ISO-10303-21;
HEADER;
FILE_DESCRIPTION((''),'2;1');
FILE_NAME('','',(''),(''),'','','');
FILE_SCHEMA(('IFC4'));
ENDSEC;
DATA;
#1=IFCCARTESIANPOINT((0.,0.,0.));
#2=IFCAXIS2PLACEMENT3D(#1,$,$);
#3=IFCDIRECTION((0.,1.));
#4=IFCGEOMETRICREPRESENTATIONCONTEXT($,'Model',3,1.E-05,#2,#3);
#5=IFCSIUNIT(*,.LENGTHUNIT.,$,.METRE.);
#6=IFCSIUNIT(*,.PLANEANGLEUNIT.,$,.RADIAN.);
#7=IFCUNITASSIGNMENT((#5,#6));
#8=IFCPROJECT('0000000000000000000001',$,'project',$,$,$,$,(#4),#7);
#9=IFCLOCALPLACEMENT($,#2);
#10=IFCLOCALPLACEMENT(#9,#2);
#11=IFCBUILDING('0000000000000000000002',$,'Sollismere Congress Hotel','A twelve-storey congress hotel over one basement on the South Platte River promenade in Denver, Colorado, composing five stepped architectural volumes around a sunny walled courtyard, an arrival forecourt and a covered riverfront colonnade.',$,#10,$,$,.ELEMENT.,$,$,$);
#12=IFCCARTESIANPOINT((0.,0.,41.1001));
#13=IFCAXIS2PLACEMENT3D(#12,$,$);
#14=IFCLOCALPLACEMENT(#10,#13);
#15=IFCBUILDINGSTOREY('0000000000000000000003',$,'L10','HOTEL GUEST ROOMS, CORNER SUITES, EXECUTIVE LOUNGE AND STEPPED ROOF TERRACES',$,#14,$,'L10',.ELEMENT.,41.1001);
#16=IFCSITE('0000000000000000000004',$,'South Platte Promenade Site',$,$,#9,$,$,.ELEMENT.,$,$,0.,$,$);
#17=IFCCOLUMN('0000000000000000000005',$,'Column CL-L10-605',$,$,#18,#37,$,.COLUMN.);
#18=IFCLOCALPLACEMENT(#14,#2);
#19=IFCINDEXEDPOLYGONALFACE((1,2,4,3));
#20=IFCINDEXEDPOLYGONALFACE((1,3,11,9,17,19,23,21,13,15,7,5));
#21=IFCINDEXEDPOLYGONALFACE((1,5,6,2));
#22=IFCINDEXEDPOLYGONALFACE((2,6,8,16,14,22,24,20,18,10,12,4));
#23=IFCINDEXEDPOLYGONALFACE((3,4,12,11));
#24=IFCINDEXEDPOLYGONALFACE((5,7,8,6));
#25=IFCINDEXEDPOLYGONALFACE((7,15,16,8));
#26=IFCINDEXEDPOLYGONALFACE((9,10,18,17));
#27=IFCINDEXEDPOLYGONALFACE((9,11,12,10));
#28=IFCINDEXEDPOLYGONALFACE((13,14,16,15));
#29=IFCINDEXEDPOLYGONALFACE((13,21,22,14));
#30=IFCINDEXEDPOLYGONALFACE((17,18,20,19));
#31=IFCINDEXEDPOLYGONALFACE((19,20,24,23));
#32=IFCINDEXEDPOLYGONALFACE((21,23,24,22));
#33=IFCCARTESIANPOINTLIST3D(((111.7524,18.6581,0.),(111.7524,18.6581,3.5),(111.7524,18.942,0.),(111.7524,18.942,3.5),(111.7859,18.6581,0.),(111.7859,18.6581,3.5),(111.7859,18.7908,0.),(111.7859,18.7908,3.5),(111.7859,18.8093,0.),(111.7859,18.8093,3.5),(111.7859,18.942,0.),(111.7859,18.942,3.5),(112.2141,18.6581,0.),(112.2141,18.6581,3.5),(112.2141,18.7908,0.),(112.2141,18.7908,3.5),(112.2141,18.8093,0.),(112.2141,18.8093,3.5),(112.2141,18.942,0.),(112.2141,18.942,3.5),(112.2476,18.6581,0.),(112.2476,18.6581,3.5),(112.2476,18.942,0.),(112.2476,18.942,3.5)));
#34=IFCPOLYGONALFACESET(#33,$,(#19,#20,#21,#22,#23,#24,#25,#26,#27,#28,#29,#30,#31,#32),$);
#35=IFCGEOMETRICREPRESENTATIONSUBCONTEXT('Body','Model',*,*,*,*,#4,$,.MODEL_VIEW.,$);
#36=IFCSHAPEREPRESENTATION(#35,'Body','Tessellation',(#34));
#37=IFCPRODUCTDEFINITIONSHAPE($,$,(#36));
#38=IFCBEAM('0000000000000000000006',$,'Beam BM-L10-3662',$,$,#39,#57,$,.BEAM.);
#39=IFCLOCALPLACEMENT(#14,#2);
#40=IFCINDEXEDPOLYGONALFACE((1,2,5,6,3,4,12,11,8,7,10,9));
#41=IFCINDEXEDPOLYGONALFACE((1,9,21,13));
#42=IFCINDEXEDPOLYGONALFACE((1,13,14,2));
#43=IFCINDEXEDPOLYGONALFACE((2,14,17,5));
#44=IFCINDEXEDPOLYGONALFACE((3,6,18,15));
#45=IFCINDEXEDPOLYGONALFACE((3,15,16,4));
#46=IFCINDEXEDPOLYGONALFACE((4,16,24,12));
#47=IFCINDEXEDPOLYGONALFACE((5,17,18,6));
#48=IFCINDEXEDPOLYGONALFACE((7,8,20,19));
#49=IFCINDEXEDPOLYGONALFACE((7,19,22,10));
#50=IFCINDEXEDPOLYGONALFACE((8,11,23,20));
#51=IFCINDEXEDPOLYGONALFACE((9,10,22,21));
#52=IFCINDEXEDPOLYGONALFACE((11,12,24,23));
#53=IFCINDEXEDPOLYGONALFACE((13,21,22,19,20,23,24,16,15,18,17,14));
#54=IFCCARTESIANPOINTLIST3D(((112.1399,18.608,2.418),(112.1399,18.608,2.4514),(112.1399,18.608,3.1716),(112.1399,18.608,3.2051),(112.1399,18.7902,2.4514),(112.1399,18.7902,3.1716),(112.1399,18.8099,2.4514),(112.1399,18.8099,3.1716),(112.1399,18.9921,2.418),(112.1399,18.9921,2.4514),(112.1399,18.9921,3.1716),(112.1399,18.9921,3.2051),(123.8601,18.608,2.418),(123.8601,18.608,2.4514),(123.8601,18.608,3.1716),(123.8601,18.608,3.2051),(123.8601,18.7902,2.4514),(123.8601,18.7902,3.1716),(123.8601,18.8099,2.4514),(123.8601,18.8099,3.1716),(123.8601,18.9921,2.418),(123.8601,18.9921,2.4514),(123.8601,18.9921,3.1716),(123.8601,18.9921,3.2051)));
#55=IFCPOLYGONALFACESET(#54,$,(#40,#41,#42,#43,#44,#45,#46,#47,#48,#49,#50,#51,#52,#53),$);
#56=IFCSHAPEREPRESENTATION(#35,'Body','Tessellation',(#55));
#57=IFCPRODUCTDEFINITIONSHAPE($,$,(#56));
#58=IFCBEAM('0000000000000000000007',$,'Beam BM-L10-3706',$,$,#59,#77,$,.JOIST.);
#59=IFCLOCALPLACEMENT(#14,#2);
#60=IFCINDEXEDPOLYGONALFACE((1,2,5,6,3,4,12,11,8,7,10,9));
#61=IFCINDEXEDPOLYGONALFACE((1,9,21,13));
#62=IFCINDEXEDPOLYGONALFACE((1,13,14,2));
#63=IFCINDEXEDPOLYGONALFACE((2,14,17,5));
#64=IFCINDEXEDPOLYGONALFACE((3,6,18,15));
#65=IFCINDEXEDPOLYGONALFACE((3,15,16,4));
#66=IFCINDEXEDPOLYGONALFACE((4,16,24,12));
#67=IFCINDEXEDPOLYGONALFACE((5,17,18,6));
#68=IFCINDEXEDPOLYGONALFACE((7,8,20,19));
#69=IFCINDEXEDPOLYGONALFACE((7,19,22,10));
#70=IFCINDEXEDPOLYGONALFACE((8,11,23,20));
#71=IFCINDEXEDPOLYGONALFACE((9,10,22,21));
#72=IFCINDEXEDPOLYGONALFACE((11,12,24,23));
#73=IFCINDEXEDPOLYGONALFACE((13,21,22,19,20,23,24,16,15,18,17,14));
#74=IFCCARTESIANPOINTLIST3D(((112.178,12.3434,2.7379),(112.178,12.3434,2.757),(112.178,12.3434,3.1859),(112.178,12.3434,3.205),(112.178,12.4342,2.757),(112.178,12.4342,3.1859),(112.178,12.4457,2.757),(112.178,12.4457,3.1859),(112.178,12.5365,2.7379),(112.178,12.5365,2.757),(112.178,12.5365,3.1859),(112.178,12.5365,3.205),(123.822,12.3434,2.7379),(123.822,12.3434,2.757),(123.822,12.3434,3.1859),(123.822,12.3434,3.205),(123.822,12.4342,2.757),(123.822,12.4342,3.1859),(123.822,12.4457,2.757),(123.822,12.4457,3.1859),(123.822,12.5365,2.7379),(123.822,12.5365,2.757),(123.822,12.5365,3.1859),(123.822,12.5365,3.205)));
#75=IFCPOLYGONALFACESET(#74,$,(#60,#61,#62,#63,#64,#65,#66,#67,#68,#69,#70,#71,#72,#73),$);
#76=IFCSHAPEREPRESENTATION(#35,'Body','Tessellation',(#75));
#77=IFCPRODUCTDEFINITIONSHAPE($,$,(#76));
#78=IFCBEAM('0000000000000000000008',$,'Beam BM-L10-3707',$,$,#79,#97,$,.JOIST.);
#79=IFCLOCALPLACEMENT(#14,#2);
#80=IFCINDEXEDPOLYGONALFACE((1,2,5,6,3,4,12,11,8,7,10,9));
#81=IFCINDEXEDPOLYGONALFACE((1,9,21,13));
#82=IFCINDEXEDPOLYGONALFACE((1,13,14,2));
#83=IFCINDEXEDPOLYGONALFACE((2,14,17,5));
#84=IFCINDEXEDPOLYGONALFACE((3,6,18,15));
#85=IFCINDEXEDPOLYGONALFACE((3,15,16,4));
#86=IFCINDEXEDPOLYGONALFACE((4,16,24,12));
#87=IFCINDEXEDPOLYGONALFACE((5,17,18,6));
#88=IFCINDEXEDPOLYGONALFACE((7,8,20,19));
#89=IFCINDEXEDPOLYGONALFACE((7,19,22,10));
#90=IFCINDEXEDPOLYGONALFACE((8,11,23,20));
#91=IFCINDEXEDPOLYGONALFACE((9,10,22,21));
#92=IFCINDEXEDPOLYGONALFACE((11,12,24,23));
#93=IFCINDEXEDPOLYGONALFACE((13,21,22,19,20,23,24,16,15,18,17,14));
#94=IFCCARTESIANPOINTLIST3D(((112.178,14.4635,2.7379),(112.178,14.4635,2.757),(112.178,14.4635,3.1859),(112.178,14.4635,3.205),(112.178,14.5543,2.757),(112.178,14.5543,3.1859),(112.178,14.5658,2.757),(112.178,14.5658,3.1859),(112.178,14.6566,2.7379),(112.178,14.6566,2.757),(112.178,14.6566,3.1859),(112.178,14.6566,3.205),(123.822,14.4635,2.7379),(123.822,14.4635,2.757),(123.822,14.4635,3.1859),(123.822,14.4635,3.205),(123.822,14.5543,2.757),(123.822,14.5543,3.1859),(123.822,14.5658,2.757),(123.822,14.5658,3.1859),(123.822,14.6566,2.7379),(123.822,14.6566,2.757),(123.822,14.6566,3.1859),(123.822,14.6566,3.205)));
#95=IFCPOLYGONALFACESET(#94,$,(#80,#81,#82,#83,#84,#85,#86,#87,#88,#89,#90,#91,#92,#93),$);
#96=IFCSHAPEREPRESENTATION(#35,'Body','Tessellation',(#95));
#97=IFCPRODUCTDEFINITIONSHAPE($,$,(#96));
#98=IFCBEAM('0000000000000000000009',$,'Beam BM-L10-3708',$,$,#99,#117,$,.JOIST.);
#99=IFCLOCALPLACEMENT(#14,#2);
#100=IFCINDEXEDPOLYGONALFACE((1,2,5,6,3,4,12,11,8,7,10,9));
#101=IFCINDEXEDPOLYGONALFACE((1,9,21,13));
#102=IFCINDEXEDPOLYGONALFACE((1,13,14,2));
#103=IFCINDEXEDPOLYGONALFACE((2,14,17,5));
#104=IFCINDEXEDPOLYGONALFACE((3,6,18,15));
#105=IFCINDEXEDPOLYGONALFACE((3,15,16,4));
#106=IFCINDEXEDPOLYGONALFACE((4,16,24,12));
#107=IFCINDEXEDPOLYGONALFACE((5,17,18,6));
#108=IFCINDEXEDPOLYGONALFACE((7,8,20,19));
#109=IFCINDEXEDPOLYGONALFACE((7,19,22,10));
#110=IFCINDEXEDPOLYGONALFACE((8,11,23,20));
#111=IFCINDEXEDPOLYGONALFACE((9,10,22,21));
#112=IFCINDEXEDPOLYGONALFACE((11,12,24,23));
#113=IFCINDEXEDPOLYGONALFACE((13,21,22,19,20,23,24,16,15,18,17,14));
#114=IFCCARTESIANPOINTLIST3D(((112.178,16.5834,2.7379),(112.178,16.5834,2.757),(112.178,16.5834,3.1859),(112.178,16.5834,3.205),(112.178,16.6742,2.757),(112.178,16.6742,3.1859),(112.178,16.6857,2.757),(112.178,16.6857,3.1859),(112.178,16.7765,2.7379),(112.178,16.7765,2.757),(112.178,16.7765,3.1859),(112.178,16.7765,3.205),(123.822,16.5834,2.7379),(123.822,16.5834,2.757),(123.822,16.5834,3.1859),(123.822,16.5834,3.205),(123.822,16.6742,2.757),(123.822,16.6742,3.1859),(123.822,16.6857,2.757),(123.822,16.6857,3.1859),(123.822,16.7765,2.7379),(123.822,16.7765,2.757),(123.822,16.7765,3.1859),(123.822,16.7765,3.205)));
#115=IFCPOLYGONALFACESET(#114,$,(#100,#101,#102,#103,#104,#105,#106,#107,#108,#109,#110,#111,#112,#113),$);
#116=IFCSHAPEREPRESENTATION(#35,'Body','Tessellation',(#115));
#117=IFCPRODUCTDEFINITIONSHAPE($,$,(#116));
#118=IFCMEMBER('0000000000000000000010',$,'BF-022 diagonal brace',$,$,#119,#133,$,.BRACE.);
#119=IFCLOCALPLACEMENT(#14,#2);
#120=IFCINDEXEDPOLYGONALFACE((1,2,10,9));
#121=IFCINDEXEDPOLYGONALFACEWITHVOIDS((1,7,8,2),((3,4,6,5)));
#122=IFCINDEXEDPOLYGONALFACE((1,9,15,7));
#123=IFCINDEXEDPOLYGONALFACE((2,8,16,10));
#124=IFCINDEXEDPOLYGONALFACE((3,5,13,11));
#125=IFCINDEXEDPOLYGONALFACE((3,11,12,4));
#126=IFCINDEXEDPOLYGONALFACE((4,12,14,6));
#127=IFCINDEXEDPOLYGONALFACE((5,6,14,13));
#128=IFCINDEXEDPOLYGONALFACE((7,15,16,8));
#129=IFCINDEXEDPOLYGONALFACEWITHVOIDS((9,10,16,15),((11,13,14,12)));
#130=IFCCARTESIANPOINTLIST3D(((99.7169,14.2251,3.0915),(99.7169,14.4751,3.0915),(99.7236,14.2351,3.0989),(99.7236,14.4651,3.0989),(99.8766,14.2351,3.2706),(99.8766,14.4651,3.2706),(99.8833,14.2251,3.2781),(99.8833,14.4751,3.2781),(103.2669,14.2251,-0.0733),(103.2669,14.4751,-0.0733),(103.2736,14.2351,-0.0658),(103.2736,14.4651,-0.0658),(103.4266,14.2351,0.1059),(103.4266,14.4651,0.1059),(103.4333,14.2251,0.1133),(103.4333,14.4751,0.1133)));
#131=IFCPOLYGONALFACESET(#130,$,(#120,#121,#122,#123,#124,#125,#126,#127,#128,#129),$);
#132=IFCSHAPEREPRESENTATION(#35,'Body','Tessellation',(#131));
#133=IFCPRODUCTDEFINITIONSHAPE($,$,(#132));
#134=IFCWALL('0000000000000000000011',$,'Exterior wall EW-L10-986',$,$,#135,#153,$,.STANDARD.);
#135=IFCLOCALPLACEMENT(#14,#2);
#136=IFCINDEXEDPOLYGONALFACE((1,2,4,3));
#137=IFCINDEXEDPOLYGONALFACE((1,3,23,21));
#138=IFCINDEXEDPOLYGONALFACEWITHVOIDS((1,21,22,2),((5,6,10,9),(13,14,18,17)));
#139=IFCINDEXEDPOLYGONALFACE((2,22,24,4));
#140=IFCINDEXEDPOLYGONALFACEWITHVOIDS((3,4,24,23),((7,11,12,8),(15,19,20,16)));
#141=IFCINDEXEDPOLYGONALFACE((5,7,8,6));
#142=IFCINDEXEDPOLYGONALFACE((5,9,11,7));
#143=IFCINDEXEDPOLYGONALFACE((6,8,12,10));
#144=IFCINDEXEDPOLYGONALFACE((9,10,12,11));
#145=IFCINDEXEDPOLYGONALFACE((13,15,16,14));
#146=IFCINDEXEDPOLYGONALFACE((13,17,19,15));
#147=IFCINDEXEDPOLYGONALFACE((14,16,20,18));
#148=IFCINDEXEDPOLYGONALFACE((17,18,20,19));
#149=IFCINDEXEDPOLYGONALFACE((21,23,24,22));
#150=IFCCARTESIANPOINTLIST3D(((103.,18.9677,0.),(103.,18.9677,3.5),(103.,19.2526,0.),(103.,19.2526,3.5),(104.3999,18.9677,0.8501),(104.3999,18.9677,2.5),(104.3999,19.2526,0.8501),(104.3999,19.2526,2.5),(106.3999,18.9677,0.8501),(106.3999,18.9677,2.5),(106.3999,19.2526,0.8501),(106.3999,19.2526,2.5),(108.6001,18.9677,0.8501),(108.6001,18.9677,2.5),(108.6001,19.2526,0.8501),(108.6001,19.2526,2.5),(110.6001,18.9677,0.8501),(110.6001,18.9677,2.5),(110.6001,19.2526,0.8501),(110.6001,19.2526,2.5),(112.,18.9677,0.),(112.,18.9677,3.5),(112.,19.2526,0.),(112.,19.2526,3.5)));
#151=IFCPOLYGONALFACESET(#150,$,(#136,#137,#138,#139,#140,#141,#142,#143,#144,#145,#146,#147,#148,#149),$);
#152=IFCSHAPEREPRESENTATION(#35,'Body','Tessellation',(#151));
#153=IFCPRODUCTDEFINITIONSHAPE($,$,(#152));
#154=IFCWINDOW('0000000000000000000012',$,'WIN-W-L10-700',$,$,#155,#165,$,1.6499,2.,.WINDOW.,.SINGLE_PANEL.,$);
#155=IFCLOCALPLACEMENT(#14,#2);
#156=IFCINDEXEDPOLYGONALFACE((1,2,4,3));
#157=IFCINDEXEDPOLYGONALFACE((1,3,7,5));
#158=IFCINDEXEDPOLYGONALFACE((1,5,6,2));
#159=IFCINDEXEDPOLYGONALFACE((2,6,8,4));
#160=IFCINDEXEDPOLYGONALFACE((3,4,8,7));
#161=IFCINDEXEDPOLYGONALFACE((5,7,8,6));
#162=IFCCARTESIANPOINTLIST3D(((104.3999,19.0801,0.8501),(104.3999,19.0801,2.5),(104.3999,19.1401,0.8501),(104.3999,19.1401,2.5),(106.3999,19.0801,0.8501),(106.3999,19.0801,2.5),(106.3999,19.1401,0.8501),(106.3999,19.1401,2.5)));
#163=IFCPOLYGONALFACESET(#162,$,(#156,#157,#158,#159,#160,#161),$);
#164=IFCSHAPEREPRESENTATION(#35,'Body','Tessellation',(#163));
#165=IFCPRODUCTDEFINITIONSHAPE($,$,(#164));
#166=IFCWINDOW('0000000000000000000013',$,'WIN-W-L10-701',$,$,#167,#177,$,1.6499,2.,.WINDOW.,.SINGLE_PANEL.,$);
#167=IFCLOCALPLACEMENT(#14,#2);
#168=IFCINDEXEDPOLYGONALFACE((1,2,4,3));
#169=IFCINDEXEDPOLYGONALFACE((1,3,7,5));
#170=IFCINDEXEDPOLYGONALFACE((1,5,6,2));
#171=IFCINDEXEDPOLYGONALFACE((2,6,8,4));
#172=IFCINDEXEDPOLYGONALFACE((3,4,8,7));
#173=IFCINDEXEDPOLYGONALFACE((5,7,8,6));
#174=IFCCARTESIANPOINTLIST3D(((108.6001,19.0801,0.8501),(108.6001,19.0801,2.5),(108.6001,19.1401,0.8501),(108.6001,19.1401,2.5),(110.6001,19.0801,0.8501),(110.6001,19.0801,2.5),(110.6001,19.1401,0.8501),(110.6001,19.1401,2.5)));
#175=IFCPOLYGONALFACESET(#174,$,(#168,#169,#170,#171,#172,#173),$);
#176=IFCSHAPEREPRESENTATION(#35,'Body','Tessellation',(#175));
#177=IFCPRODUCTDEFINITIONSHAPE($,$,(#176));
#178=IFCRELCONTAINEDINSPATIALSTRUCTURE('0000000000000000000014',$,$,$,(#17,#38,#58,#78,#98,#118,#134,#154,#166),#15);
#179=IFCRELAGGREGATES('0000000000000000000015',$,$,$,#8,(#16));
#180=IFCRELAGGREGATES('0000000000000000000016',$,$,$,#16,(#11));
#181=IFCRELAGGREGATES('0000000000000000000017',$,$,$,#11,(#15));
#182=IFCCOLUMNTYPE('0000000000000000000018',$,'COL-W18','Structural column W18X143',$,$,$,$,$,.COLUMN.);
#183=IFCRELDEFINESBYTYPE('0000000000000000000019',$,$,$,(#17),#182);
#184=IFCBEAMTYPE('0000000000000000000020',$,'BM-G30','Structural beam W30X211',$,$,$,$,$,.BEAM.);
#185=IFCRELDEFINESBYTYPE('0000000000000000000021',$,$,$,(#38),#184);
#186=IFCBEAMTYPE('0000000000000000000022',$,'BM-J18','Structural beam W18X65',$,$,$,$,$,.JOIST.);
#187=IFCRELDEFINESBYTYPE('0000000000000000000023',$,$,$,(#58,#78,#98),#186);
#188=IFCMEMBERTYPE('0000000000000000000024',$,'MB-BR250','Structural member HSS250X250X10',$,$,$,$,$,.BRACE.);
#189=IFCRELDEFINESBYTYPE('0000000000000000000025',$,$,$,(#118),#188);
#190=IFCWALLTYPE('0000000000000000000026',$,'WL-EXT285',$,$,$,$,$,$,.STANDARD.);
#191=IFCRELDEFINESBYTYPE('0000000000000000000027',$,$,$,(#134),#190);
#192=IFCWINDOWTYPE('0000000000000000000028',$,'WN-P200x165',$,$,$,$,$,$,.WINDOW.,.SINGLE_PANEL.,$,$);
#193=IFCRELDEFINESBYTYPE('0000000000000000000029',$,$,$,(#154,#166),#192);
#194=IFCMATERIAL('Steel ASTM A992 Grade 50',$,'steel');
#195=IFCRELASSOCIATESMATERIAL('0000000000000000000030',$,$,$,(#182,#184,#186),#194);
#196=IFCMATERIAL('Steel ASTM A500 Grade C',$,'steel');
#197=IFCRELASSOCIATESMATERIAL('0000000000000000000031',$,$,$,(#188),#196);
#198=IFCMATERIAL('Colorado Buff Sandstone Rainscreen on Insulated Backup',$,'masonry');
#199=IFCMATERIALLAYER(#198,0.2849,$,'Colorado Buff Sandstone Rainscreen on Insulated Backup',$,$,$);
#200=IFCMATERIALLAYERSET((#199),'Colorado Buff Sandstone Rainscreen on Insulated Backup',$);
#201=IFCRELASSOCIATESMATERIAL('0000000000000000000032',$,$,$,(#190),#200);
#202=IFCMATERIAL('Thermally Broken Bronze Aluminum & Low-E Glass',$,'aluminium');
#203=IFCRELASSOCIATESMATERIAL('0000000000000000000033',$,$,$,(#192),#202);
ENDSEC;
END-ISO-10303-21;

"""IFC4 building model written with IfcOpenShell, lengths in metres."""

from ifc_helpers import new_model, si_unit, direction, frame, frame_2d, origin, origin_2d, place, context, subcontext, project, spatial, rectangle, hollow_rectangle, i_section, extrude, material, layer, layer_set, material_profile, profile_set, type_object, element, fill, save


model = new_model("IFC4")

# Units and contexts
model_context = context("Model", 3, precision=1e-05, world=origin(), true_north=direction((0.0, 1.0)))
body_context = subcontext(model_context, "Body", "Model", "MODEL_VIEW")
ifc_project = project(units=[si_unit("LENGTHUNIT", "METRE"), si_unit("PLANEANGLEUNIT", "RADIAN")], contexts=[model_context])

# Site, building, storey
site_placement = place(None, origin())
site = spatial("IfcSite", under=ifc_project, at=site_placement, Name="South Platte Promenade Site", CompositionType="ELEMENT", RefElevation=0.0)
building_placement = place(site_placement, origin())
building = spatial("IfcBuilding", under=site, at=building_placement, Name="Sollismere Congress Hotel", Description="A twelve-storey congress hotel over one basement on the South Platte River promenade in Denver, Colorado, composing five stepped architectural volumes around a sunny walled courtyard, an arrival forecourt and a covered riverfront colonnade.", CompositionType="ELEMENT")
storey_placement = place(building_placement, frame((0.0, 0.0, 41.1001)))
storey = spatial("IfcBuildingStorey", under=building, at=storey_placement, Name="L10", Description="HOTEL GUEST ROOMS, CORNER SUITES, EXECUTIVE LOUNGE AND STEPPED ROOF TERRACES", LongName="L10", CompositionType="ELEMENT", Elevation=41.1001)

# Column
ifc_material_1 = material(Name="Steel ASTM A992 Grade 50", Category="steel")
ifc_material_profile_1 = material_profile(ifc_material_1, i_section(OverallWidth=0.2839, OverallDepth=0.4951, WebThickness=0.0186, FlangeThickness=0.0334, at=origin_2d()), Name="W18X143")
ifc_profile_set_1 = profile_set([ifc_material_profile_1], Name="Steel ASTM A992 Grade 50")
column_type = type_object("IfcColumnType", Name="COL-W18", Description="Structural column W18X143", PredefinedType="COLUMN", material=ifc_profile_set_1)
column_placement = place(storey_placement, frame((112.0, 18.8, 0.0), z_axis=(0.0, 0.0, 1.0), x_axis=(0.0, 1.0, 0.0)))
element("IfcColumn", 1, at=column_placement, inside=storey, type_object=column_type, Name="Column CL-L10-605", PredefinedType="COLUMN", context=body_context, shape_type="SweptSolid", body=[
    extrude(i_section(OverallWidth=0.2839, OverallDepth=0.4951, WebThickness=0.0186, FlangeThickness=0.0334, at=origin_2d()), origin(), (0.0, 0.0, 1.0), 3.5),
])

# Beams
ifc_material_profile_2 = material_profile(ifc_material_1, i_section(OverallWidth=0.384, OverallDepth=0.7871, WebThickness=0.0198, FlangeThickness=0.0334, at=origin_2d()), Name="W30X211")
ifc_profile_set_2 = profile_set([ifc_material_profile_2], Name="Steel ASTM A992 Grade 50")
beam_type_1 = type_object("IfcBeamType", Name="BM-G30", Description="Structural beam W30X211", PredefinedType="BEAM", material=ifc_profile_set_2)
beam_placement = place(storey_placement, frame((112.1399, 18.8, 2.8115), z_axis=(1.0, 0.0, 0.0), x_axis=(0.0, 1.0, 0.0)))
element("IfcBeam", 2, at=beam_placement, inside=storey, type_object=beam_type_1, Name="Beam BM-L10-3662", PredefinedType="BEAM", context=body_context, shape_type="SweptSolid", body=[
    extrude(i_section(OverallWidth=0.384, OverallDepth=0.7871, WebThickness=0.0198, FlangeThickness=0.0334, at=origin_2d()), origin(), (0.0, 0.0, 1.0), 11.7202),
])
ifc_material_profile_3 = material_profile(ifc_material_1, i_section(OverallWidth=0.1931, OverallDepth=0.467, WebThickness=0.0115, FlangeThickness=0.019, at=origin_2d()), Name="W18X65")
ifc_profile_set_3 = profile_set([ifc_material_profile_3], Name="Steel ASTM A992 Grade 50")
beam_type_2 = type_object("IfcBeamType", Name="BM-J18", Description="Structural beam W18X65", PredefinedType="JOIST", material=ifc_profile_set_3)
for number, where, z_axis, x_axis, name in (
    (3, (112.178, 12.4399, 2.9714), (1.0, 0.0, 0.0), (0.0, 1.0, 0.0), "Beam BM-L10-3706"),
    (4, (112.178, 14.5601, 2.9714), (1.0, 0.0, 0.0), (0.0, 1.0, 0.0), "Beam BM-L10-3707"),
    (5, (112.178, 16.6799, 2.9714), (1.0, 0.0, 0.0), (0.0, 1.0, 0.0), "Beam BM-L10-3708"),
):
    element("IfcBeam", number, at=place(storey_placement, frame(where, z_axis=z_axis, x_axis=x_axis)), inside=storey, type_object=beam_type_2, Name=name, PredefinedType="JOIST", context=body_context, shape_type="SweptSolid", body=[
        extrude(i_section(OverallWidth=0.1931, OverallDepth=0.467, WebThickness=0.0115, FlangeThickness=0.019, at=origin_2d()), origin(), (0.0, 0.0, 1.0), 11.644),
    ])

# Member
ifc_material_2 = material(Name="Steel ASTM A500 Grade C", Category="steel")
ifc_material_profile_4 = material_profile(ifc_material_2, hollow_rectangle(XDim=0.25, YDim=0.25, WallThickness=0.01, at=origin_2d()), Name="HSS250X250X10")
ifc_profile_set_4 = profile_set([ifc_material_profile_4], Name="Steel ASTM A500 Grade C")
member_type = type_object("IfcMemberType", Name="MB-BR250", Description="Structural member HSS250X250X10", PredefinedType="BRACE", material=ifc_profile_set_4)
member_placement = place(storey_placement, frame((103.3501, 14.3501, 0.02), z_axis=(-0.746448, 0.0, 0.665443), x_axis=(0.0, -1.0, 0.0)))
element("IfcMember", 6, at=member_placement, inside=storey, type_object=member_type, Name="BF-022 diagonal brace", PredefinedType="BRACE", context=body_context, shape_type="SweptSolid", body=[
    extrude(hollow_rectangle(XDim=0.25, YDim=0.25, WallThickness=0.01, at=origin_2d()), origin(), (0.0, 0.0, 1.0), 4.7559),
])

# Wall, openings, windows
ifc_material_3 = material(Name="Colorado Buff Sandstone Rainscreen on Insulated Backup", Category="masonry")
ifc_layer_1 = layer(ifc_material_3, 0.2849, Name="Colorado Buff Sandstone Rainscreen on Insulated Backup")
ifc_layer_set_1 = layer_set([ifc_layer_1], Name="Colorado Buff Sandstone Rainscreen on Insulated Backup")
wall_type_1 = type_object("IfcWallType", Name="WL-EXT285", PredefinedType="STANDARD", material=ifc_layer_set_1)
wall_1_placement = place(storey_placement, frame((112.0, 19.1101, 0.0), z_axis=(0.0, 0.0, 1.0), x_axis=(-1.0, 0.0, 0.0)))
wall_1 = element("IfcWall", 7, at=wall_1_placement, inside=storey, type_object=wall_type_1, Name="Exterior wall EW-L10-986", PredefinedType="STANDARD", context=body_context, shape_type="SweptSolid", body=[
    extrude(rectangle(XDim=9.0, YDim=0.2849, at=frame_2d((4.5, 0.0))), origin(), (0.0, 0.0, 1.0), 3.5),
])
opening_1_placement = place(wall_1_placement, frame((5.6001, 0.0, 0.8501)))
opening_1 = element("IfcOpeningElement", 8, at=opening_1_placement, cuts=wall_1, PredefinedType="OPENING", context=body_context, shape_type="SweptSolid", body=[
    extrude(rectangle(XDim=2.0, YDim=1.6499, at=frame_2d((1.0, 0.825))), frame((0.0, 0.1523, 0.0), z_axis=(0.0, -1.0, 0.0), x_axis=(1.0, 0.0, 0.0)), (0.0, 0.0, 1.0), 0.3049),
])
opening_2_placement = place(wall_1_placement, frame((1.3999, 0.0, 0.8501)))
opening_2 = element("IfcOpeningElement", 9, at=opening_2_placement, cuts=wall_1, PredefinedType="OPENING", context=body_context, shape_type="SweptSolid", body=[
    extrude(rectangle(XDim=2.0, YDim=1.6499, at=frame_2d((1.0, 0.825))), frame((0.0, 0.1523, 0.0), z_axis=(0.0, -1.0, 0.0), x_axis=(1.0, 0.0, 0.0)), (0.0, 0.0, 1.0), 0.3049),
])
ifc_material_4 = material(Name="Thermally Broken Bronze Aluminum & Low-E Glass", Category="aluminium")
window_type = type_object("IfcWindowType", Name="WN-P200x165", PartitioningType="SINGLE_PANEL", PredefinedType="WINDOW", material=ifc_material_4)
window_1_placement = place(opening_1_placement, origin())
window_1 = element("IfcWindow", 10, at=window_1_placement, inside=storey, type_object=window_type, Name="WIN-W-L10-700", OverallHeight=1.6499, OverallWidth=2.0, PartitioningType="SINGLE_PANEL", PredefinedType="WINDOW", context=body_context, shape_type="SweptSolid", body=[
    extrude(rectangle(XDim=2.0, YDim=1.6499, at=frame_2d((1.0, 0.825))), frame((0.0, 0.03, 0.0), z_axis=(0.0, -1.0, 0.0), x_axis=(1.0, 0.0, 0.0)), (0.0, 0.0, 1.0), 0.0601),
])
fill(opening_1, window_1)
window_2_placement = place(opening_2_placement, origin())
window_2 = element("IfcWindow", 11, at=window_2_placement, inside=storey, type_object=window_type, Name="WIN-W-L10-701", OverallHeight=1.6499, OverallWidth=2.0, PartitioningType="SINGLE_PANEL", PredefinedType="WINDOW", context=body_context, shape_type="SweptSolid", body=[
    extrude(rectangle(XDim=2.0, YDim=1.6499, at=frame_2d((1.0, 0.825))), frame((0.0, 0.03, 0.0), z_axis=(0.0, -1.0, 0.0), x_axis=(1.0, 0.0, 0.0)), (0.0, 0.0, 1.0), 0.0601),
])
fill(opening_2, window_2)

save(model, "model.ifc")
